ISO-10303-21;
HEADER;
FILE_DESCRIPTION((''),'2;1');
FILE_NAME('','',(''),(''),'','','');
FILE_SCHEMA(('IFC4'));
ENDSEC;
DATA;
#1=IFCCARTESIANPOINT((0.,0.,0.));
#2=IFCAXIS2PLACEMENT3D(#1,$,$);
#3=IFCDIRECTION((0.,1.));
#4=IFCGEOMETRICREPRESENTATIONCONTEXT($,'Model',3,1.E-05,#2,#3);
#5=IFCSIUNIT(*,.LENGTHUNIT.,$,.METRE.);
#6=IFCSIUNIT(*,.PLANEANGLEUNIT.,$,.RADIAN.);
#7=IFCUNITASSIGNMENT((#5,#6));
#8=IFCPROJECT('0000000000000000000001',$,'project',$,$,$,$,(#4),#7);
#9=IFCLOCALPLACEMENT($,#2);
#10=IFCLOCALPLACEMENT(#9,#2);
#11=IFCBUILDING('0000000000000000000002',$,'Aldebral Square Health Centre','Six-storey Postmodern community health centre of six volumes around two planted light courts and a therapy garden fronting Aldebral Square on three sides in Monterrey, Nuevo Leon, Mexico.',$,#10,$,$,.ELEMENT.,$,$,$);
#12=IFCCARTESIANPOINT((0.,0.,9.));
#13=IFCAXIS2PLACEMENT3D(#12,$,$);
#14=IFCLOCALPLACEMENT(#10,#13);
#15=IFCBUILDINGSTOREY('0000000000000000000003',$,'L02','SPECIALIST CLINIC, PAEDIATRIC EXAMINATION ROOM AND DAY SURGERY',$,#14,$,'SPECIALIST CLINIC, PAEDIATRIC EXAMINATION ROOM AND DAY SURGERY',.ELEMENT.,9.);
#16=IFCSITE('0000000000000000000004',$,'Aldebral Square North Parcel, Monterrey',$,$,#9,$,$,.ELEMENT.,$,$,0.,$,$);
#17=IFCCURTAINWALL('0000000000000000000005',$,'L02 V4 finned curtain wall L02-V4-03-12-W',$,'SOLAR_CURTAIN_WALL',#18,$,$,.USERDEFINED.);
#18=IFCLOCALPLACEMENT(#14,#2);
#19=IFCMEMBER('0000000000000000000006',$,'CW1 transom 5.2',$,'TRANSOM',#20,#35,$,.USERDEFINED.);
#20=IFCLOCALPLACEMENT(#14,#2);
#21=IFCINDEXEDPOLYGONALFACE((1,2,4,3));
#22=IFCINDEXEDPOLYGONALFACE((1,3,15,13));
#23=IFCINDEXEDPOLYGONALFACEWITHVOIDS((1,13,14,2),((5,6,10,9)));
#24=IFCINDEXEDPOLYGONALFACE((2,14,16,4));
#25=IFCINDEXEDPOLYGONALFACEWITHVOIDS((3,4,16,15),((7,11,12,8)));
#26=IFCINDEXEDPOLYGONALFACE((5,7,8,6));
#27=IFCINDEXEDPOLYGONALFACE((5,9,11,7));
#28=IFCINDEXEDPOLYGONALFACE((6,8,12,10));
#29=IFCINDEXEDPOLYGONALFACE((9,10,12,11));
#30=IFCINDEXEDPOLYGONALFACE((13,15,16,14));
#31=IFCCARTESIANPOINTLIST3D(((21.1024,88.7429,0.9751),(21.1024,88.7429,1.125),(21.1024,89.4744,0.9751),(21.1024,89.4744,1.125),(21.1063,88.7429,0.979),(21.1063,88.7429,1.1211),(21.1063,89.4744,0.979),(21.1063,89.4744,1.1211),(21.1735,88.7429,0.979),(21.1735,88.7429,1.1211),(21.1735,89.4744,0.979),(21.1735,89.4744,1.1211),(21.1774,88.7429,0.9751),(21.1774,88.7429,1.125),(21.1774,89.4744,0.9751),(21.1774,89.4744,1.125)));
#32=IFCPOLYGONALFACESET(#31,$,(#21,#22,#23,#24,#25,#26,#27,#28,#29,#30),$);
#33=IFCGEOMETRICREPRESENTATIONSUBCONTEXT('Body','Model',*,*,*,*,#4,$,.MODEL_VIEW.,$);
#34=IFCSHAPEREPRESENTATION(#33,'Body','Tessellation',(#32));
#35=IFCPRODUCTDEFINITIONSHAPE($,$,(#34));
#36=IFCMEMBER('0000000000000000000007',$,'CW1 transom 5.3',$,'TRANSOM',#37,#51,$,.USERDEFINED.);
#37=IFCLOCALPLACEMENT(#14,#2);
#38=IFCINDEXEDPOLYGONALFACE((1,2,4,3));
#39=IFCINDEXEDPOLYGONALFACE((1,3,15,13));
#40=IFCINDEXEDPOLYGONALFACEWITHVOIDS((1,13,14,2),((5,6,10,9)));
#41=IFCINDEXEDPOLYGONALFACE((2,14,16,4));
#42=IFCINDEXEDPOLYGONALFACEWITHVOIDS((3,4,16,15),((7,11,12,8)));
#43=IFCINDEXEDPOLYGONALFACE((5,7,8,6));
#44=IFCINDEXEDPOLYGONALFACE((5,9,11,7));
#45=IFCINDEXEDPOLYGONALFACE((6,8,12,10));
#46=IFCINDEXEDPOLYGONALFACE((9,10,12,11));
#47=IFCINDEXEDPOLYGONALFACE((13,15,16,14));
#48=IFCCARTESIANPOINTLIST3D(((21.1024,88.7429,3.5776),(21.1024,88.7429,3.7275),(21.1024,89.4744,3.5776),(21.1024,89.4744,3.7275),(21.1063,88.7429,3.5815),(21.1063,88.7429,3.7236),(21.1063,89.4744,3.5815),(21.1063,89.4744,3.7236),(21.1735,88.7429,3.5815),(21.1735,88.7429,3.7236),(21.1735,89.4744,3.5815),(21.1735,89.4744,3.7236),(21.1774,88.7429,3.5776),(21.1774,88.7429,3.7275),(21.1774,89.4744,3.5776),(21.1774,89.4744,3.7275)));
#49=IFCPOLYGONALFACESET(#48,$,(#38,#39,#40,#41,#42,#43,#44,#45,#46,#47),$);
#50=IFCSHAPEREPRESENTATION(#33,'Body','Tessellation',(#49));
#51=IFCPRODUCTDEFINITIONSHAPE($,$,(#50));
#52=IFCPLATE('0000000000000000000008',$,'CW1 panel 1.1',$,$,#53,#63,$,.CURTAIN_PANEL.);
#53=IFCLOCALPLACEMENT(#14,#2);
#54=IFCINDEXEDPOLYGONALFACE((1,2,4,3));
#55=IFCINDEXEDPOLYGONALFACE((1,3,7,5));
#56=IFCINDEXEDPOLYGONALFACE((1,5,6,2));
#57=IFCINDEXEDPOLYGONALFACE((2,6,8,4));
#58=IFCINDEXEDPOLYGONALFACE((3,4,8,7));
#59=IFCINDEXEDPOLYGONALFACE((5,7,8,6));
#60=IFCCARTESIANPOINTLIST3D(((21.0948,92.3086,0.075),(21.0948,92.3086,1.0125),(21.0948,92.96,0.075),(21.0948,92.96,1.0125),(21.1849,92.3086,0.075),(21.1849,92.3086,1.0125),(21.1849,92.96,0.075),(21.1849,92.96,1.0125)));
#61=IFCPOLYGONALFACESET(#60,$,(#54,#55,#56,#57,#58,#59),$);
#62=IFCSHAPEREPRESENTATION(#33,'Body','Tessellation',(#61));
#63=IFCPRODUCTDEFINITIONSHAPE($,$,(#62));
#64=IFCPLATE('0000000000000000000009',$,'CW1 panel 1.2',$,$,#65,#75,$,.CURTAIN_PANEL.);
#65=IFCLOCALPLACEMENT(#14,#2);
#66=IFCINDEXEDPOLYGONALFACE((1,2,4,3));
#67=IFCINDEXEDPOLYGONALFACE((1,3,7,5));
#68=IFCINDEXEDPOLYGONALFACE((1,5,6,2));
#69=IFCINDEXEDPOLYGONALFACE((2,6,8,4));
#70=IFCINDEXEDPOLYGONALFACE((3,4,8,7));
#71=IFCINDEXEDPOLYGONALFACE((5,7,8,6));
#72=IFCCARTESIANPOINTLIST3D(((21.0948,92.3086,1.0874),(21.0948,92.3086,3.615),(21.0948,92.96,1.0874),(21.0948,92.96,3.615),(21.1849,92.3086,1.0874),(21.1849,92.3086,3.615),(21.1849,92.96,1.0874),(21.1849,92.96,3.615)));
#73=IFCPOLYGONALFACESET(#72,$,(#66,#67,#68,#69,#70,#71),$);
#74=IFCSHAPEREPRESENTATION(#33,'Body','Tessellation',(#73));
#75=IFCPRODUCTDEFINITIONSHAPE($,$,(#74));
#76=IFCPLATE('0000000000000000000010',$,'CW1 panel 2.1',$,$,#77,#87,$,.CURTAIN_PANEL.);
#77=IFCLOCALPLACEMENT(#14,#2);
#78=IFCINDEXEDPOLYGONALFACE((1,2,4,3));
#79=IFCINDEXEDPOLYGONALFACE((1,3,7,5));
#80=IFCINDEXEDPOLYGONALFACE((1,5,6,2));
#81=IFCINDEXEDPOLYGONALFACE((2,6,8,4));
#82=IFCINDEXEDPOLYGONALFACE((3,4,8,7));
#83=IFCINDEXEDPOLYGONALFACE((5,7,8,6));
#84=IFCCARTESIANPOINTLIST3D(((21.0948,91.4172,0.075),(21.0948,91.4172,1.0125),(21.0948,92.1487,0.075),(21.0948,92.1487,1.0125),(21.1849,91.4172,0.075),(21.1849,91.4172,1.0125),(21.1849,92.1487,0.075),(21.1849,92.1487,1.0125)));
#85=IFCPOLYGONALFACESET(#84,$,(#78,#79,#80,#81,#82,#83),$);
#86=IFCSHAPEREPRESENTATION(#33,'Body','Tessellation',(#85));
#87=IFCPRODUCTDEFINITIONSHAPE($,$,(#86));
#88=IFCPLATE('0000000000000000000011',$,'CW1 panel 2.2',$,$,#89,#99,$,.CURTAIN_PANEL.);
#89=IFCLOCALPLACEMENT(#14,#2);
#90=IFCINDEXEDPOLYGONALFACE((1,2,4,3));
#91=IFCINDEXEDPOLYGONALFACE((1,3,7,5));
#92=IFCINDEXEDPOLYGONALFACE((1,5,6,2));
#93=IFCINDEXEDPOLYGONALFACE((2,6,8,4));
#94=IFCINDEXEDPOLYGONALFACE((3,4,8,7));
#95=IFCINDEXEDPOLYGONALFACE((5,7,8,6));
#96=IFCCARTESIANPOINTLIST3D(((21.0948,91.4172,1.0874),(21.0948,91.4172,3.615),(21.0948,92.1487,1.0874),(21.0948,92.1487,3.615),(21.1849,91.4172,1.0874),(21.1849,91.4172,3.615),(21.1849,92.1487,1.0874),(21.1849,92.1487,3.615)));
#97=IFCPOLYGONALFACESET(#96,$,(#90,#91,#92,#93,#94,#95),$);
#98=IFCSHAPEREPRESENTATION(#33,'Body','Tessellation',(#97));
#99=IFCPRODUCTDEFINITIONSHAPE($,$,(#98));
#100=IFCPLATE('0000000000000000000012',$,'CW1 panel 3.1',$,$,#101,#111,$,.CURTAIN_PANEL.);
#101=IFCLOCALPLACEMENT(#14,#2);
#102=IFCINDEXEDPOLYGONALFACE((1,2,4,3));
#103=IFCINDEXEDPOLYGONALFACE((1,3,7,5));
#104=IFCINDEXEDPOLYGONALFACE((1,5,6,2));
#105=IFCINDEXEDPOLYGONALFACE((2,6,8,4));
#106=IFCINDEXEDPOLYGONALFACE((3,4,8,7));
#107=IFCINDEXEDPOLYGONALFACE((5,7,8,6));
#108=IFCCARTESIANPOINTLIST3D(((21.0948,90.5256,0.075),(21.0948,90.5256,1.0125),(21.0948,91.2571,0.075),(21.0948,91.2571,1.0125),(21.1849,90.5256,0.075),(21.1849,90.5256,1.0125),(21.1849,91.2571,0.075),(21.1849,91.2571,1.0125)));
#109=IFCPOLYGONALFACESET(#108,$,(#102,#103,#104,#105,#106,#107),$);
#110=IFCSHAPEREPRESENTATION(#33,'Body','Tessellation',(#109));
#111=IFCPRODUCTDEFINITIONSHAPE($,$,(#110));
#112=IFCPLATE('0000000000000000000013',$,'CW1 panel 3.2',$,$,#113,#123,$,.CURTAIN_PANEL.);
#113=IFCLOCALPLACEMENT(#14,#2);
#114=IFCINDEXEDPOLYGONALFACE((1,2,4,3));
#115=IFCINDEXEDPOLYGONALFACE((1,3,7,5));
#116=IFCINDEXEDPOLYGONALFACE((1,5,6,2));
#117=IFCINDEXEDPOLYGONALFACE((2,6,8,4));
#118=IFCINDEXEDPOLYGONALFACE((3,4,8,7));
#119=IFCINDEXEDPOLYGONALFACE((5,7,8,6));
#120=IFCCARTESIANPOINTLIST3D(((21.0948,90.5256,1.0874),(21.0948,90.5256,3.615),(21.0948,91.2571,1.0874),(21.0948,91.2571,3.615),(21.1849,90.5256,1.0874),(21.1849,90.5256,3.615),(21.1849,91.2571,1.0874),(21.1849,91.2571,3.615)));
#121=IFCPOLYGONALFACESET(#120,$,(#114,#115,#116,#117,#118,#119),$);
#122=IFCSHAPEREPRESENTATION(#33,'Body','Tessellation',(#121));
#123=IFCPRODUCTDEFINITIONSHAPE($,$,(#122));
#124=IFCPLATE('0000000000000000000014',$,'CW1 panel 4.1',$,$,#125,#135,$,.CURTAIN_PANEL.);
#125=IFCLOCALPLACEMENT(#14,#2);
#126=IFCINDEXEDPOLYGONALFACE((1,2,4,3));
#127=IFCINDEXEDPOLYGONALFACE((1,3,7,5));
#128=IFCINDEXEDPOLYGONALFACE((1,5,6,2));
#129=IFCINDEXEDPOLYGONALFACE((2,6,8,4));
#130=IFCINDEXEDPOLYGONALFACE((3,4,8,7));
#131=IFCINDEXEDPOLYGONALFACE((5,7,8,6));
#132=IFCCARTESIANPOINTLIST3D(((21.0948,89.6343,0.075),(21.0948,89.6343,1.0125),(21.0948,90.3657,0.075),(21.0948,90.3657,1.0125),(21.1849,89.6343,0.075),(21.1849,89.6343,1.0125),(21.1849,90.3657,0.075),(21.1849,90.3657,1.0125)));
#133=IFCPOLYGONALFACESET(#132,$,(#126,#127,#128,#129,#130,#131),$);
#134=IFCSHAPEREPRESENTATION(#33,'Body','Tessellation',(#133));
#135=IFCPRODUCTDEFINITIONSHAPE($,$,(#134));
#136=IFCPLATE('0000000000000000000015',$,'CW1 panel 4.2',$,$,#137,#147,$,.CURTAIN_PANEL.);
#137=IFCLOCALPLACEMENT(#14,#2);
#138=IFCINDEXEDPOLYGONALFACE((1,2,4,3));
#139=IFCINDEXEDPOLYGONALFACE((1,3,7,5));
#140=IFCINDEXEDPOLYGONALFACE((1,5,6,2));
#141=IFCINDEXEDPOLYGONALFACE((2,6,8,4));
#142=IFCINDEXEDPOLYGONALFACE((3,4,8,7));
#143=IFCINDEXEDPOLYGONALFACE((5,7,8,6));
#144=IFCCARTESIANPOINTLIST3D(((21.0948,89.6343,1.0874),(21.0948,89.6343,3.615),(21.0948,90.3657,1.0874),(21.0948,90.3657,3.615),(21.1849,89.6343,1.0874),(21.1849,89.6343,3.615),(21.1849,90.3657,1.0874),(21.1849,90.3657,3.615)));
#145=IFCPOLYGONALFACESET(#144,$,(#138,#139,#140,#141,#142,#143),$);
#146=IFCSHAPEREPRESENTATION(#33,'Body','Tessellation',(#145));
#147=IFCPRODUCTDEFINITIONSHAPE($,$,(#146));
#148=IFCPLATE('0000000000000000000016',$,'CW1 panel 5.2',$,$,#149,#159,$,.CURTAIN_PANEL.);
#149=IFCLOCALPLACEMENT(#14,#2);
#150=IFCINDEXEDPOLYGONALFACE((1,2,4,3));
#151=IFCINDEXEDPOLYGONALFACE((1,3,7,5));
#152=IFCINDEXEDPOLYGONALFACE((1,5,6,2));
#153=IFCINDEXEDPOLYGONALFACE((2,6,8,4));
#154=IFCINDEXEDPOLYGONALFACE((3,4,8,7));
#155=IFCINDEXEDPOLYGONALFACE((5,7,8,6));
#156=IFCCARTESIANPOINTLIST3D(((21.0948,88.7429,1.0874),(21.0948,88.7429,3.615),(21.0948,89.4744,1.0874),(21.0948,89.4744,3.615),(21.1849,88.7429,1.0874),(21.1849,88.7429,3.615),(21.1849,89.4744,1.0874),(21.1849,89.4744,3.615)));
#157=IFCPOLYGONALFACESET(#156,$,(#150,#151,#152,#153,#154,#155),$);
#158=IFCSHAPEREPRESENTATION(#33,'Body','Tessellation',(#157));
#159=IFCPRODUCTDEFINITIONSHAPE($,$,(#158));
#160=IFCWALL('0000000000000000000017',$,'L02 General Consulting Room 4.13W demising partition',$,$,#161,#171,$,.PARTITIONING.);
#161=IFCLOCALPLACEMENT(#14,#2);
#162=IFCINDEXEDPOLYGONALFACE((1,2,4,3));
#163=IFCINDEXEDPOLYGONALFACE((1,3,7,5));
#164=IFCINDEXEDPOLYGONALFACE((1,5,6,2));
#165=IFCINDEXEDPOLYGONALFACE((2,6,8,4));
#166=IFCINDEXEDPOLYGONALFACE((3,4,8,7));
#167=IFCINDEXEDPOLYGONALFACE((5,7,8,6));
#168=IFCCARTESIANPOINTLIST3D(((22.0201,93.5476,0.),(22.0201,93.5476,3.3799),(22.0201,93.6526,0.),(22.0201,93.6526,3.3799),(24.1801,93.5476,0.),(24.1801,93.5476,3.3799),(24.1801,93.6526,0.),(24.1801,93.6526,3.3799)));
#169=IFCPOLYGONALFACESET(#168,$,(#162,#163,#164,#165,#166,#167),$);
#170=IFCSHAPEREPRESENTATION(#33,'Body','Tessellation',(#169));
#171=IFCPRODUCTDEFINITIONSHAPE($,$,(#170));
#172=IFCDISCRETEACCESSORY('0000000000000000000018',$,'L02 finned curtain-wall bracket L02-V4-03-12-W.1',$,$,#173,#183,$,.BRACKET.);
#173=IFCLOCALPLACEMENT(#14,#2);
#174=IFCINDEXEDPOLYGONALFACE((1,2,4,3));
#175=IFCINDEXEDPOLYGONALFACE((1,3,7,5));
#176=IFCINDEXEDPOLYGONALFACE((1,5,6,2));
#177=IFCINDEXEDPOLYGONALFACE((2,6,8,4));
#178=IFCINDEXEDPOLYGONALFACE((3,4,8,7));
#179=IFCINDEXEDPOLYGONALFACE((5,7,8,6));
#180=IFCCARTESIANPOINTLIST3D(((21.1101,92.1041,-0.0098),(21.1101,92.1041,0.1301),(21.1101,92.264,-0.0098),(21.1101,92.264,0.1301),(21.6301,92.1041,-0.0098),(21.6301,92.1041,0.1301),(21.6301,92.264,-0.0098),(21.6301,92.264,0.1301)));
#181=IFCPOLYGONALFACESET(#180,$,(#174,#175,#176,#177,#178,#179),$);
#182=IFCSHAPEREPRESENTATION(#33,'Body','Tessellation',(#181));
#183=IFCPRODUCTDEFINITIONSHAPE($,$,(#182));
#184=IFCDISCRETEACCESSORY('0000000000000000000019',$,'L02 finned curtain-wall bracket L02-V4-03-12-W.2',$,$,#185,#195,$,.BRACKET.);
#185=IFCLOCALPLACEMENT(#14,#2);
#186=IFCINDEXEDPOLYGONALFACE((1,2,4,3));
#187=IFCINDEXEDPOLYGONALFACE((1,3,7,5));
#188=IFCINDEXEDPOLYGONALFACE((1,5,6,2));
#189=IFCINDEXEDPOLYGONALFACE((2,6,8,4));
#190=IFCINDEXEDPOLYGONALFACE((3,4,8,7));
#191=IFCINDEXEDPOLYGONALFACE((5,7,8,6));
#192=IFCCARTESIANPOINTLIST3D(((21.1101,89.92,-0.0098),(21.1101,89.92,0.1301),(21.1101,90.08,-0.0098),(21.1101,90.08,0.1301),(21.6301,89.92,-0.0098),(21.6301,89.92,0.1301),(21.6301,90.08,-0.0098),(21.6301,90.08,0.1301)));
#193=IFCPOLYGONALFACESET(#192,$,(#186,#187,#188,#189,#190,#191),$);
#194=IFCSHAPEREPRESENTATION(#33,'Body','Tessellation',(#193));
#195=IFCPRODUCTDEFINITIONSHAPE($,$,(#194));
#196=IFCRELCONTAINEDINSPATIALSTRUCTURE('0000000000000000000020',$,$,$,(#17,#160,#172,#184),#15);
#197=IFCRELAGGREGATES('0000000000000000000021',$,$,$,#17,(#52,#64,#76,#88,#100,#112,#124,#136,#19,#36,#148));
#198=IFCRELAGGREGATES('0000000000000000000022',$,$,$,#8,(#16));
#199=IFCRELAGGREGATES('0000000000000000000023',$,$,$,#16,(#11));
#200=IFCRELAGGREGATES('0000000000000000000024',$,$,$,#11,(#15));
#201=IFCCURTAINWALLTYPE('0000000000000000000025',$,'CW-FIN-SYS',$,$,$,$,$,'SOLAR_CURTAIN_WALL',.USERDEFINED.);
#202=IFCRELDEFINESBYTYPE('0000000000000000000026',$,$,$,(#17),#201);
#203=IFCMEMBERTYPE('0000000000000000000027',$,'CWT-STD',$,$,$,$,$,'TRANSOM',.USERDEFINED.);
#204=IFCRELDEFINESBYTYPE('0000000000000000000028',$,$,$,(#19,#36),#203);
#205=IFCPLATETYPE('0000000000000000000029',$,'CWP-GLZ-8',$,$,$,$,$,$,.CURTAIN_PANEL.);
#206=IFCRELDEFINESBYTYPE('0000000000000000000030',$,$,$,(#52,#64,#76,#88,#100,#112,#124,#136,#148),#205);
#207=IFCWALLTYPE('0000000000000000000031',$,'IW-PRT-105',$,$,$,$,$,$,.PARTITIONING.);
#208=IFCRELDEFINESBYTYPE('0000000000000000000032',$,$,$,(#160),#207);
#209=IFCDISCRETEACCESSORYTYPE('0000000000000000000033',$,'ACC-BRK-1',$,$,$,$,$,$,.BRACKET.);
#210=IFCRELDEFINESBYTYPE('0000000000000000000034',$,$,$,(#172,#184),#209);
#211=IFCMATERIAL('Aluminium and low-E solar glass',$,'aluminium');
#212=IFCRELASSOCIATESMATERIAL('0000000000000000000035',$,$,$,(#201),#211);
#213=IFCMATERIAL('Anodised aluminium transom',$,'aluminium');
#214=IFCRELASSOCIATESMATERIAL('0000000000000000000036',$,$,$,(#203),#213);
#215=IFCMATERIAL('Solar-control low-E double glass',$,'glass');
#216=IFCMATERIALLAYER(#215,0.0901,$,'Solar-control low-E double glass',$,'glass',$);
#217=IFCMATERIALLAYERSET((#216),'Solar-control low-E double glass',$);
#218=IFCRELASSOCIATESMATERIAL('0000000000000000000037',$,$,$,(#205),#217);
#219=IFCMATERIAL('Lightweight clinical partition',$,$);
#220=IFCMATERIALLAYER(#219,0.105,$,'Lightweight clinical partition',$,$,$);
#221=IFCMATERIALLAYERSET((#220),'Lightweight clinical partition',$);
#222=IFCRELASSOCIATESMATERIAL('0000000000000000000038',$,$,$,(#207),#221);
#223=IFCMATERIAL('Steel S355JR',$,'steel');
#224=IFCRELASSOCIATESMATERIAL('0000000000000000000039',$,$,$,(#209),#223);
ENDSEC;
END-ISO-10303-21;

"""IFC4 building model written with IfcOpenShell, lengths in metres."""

from ifc_helpers import new_model, si_unit, direction, frame, frame_2d, origin, origin_2d, place, context, subcontext, project, spatial, rectangle, hollow_rectangle, extrude, material, layer, layer_set, material_profile, profile_set, type_object, element, aggregate, save


model = new_model("IFC4")

# Units and contexts
model_context = context("Model", 3, precision=1e-05, world=origin(), true_north=direction((0.0, 1.0)))
body_context = subcontext(model_context, "Body", "Model", "MODEL_VIEW")
ifc_project = project(units=[si_unit("LENGTHUNIT", "METRE"), si_unit("PLANEANGLEUNIT", "RADIAN")], contexts=[model_context])

# Site, building, storey
site_placement = place(None, origin())
site = spatial("IfcSite", under=ifc_project, at=site_placement, Name="Aldebral Square North Parcel, Monterrey", CompositionType="ELEMENT", RefElevation=0.0)
building_placement = place(site_placement, origin())
building = spatial("IfcBuilding", under=site, at=building_placement, Name="Aldebral Square Health Centre", Description="Six-storey Postmodern community health centre of six volumes around two planted light courts and a therapy garden fronting Aldebral Square on three sides in Monterrey, Nuevo Leon, Mexico.", CompositionType="ELEMENT")
storey_placement = place(building_placement, frame((0.0, 0.0, 9.0)))
storey = spatial("IfcBuildingStorey", under=building, at=storey_placement, Name="L02", Description="SPECIALIST CLINIC, PAEDIATRIC EXAMINATION ROOM AND DAY SURGERY", LongName="SPECIALIST CLINIC, PAEDIATRIC EXAMINATION ROOM AND DAY SURGERY", CompositionType="ELEMENT", Elevation=9.0)

# Curtain wall
ifc_material_1 = material(Name="Aluminium and low-E solar glass", Category="aluminium")
curtain_wall_type = type_object("IfcCurtainWallType", Name="CW-FIN-SYS", ElementType="SOLAR_CURTAIN_WALL", PredefinedType="USERDEFINED", material=ifc_material_1)
curtain_wall_1_placement = place(storey_placement, origin())
curtain_wall_1 = element("IfcCurtainWall", 1, at=curtain_wall_1_placement, inside=storey, type_object=curtain_wall_type, Name="L02 V4 finned curtain wall L02-V4-03-12-W", ObjectType="SOLAR_CURTAIN_WALL", PredefinedType="USERDEFINED")

# Members
ifc_material_2 = material(Name="Anodised aluminium transom", Category="aluminium")
ifc_material_profile_1 = material_profile(ifc_material_2, hollow_rectangle(XDim=0.075, YDim=0.1499, WallThickness=0.0039, at=origin_2d()), Name="CWT 75x150x4")
ifc_profile_set_1 = profile_set([ifc_material_profile_1], Name="Anodised aluminium transom")
member_type_1 = type_object("IfcMemberType", Name="CWT-STD", ElementType="TRANSOM", PredefinedType="USERDEFINED", material=ifc_profile_set_1)
member_1_placement = place(storey_placement, frame((21.1399, 89.4744, 1.05), z_axis=(0.0, -1.0, 0.0), x_axis=(1.0, 0.0, 0.0)))
member_1 = element("IfcMember", 2, at=member_1_placement, type_object=member_type_1, Name="CW1 transom 5.2", ObjectType="TRANSOM", PredefinedType="USERDEFINED", context=body_context, shape_type="SweptSolid", body=[
    extrude(hollow_rectangle(XDim=0.075, YDim=0.1499, WallThickness=0.0039, at=origin_2d()), origin(), (0.0, 0.0, 1.0), 0.7314),
])
member_2_placement = place(storey_placement, frame((21.1399, 89.4744, 3.6526), z_axis=(0.0, -1.0, 0.0), x_axis=(1.0, 0.0, 0.0)))
member_2 = element("IfcMember", 3, at=member_2_placement, type_object=member_type_1, Name="CW1 transom 5.3", ObjectType="TRANSOM", PredefinedType="USERDEFINED", context=body_context, shape_type="SweptSolid", body=[
    extrude(hollow_rectangle(XDim=0.075, YDim=0.1499, WallThickness=0.0039, at=origin_2d()), origin(), (0.0, 0.0, 1.0), 0.7314),
])

# Plates
ifc_material_3 = material(Name="Solar-control low-E double glass", Category="glass")
ifc_layer_1 = layer(ifc_material_3, 0.0901, Name="Solar-control low-E double glass", Category="glass")
ifc_layer_set_1 = layer_set([ifc_layer_1], Name="Solar-control low-E double glass")
plate_type = type_object("IfcPlateType", Name="CWP-GLZ-8", PredefinedType="CURTAIN_PANEL", material=ifc_layer_set_1)
plate_1_placement = place(storey_placement, frame((21.1399, 92.6343, 0.075), z_axis=(0.0, 0.0, 1.0), x_axis=(0.0, -1.0, 0.0)))
plate_1 = element("IfcPlate", 4, at=plate_1_placement, type_object=plate_type, Name="CW1 panel 1.1", PredefinedType="CURTAIN_PANEL", context=body_context, shape_type="SweptSolid", body=[
    extrude(rectangle(XDim=0.6514, YDim=0.0901, at=origin_2d()), origin(), (0.0, 0.0, 1.0), 0.9375),
])
plate_2_placement = place(storey_placement, frame((21.1399, 92.6343, 1.0874), z_axis=(0.0, 0.0, 1.0), x_axis=(0.0, -1.0, 0.0)))
plate_2 = element("IfcPlate", 5, at=plate_2_placement, type_object=plate_type, Name="CW1 panel 1.2", PredefinedType="CURTAIN_PANEL", context=body_context, shape_type="SweptSolid", body=[
    extrude(rectangle(XDim=0.6514, YDim=0.0901, at=origin_2d()), origin(), (0.0, 0.0, 1.0), 2.5276),
])
plate_3_placement = place(storey_placement, frame((21.1399, 91.783, 0.075), z_axis=(0.0, 0.0, 1.0), x_axis=(0.0, -1.0, 0.0)))
plate_3 = element("IfcPlate", 6, at=plate_3_placement, type_object=plate_type, Name="CW1 panel 2.1", PredefinedType="CURTAIN_PANEL", context=body_context, shape_type="SweptSolid", body=[
    extrude(rectangle(XDim=0.7314, YDim=0.0901, at=origin_2d()), origin(), (0.0, 0.0, 1.0), 0.9375),
])
plate_4_placement = place(storey_placement, frame((21.1399, 91.783, 1.0874), z_axis=(0.0, 0.0, 1.0), x_axis=(0.0, -1.0, 0.0)))
plate_4 = element("IfcPlate", 7, at=plate_4_placement, type_object=plate_type, Name="CW1 panel 2.2", PredefinedType="CURTAIN_PANEL", context=body_context, shape_type="SweptSolid", body=[
    extrude(rectangle(XDim=0.7314, YDim=0.0901, at=origin_2d()), origin(), (0.0, 0.0, 1.0), 2.5276),
])
plate_5_placement = place(storey_placement, frame((21.1399, 90.8914, 0.075), z_axis=(0.0, 0.0, 1.0), x_axis=(0.0, -1.0, 0.0)))
plate_5 = element("IfcPlate", 8, at=plate_5_placement, type_object=plate_type, Name="CW1 panel 3.1", PredefinedType="CURTAIN_PANEL", context=body_context, shape_type="SweptSolid", body=[
    extrude(rectangle(XDim=0.7314, YDim=0.0901, at=origin_2d()), origin(), (0.0, 0.0, 1.0), 0.9375),
])
plate_6_placement = place(storey_placement, frame((21.1399, 90.8914, 1.0874), z_axis=(0.0, 0.0, 1.0), x_axis=(0.0, -1.0, 0.0)))
plate_6 = element("IfcPlate", 9, at=plate_6_placement, type_object=plate_type, Name="CW1 panel 3.2", PredefinedType="CURTAIN_PANEL", context=body_context, shape_type="SweptSolid", body=[
    extrude(rectangle(XDim=0.7314, YDim=0.0901, at=origin_2d()), origin(), (0.0, 0.0, 1.0), 2.5276),
])
plate_7_placement = place(storey_placement, frame((21.1399, 90.0, 0.075), z_axis=(0.0, 0.0, 1.0), x_axis=(0.0, -1.0, 0.0)))
plate_7 = element("IfcPlate", 10, at=plate_7_placement, type_object=plate_type, Name="CW1 panel 4.1", PredefinedType="CURTAIN_PANEL", context=body_context, shape_type="SweptSolid", body=[
    extrude(rectangle(XDim=0.7314, YDim=0.0901, at=origin_2d()), origin(), (0.0, 0.0, 1.0), 0.9375),
])
plate_8_placement = place(storey_placement, frame((21.1399, 90.0, 1.0874), z_axis=(0.0, 0.0, 1.0), x_axis=(0.0, -1.0, 0.0)))
plate_8 = element("IfcPlate", 11, at=plate_8_placement, type_object=plate_type, Name="CW1 panel 4.2", PredefinedType="CURTAIN_PANEL", context=body_context, shape_type="SweptSolid", body=[
    extrude(rectangle(XDim=0.7314, YDim=0.0901, at=origin_2d()), origin(), (0.0, 0.0, 1.0), 2.5276),
])
plate_9_placement = place(storey_placement, frame((21.1399, 89.1086, 1.0874), z_axis=(0.0, 0.0, 1.0), x_axis=(0.0, -1.0, 0.0)))
plate_9 = element("IfcPlate", 12, at=plate_9_placement, type_object=plate_type, Name="CW1 panel 5.2", PredefinedType="CURTAIN_PANEL", context=body_context, shape_type="SweptSolid", body=[
    extrude(rectangle(XDim=0.7314, YDim=0.0901, at=origin_2d()), origin(), (0.0, 0.0, 1.0), 2.5276),
])
aggregate(curtain_wall_1, [plate_1, plate_2, plate_3, plate_4, plate_5, plate_6, plate_7, plate_8, member_1, member_2, plate_9])

# Wall
ifc_material_4 = material(Name="Lightweight clinical partition")
ifc_layer_2 = layer(ifc_material_4, 0.105, Name="Lightweight clinical partition")
ifc_layer_set_2 = layer_set([ifc_layer_2], Name="Lightweight clinical partition")
wall_type = type_object("IfcWallType", Name="IW-PRT-105", PredefinedType="PARTITIONING", material=ifc_layer_set_2)
wall_placement = place(storey_placement, frame((22.02, 93.6001, 0.0), z_axis=(0.0, 0.0, 1.0), x_axis=(1.0, 0.0, 0.0)))
element("IfcWall", 13, at=wall_placement, inside=storey, type_object=wall_type, Name="L02 General Consulting Room 4.13W demising partition", PredefinedType="PARTITIONING", context=body_context, shape_type="SweptSolid", body=[
    extrude(rectangle(XDim=2.1599, YDim=0.105, at=frame_2d((1.0801, 0.0))), origin(), (0.0, 0.0, 1.0), 3.3799),
])

# Discrete accessories
ifc_material_5 = material(Name="Steel S355JR", Category="steel")
discrete_accessory_type = type_object("IfcDiscreteAccessoryType", Name="ACC-BRK-1", PredefinedType="BRACKET", material=ifc_material_5)
for number, where, z_axis, x_axis, name in (
    (14, (21.3701, 92.1841, -0.0098), (0.0, 0.0, 1.0), (0.0, 1.0, 0.0), "L02 finned curtain-wall bracket L02-V4-03-12-W.1"),
    (15, (21.3701, 90.0, -0.0098), (0.0, 0.0, 1.0), (0.0, 1.0, 0.0), "L02 finned curtain-wall bracket L02-V4-03-12-W.2"),
):
    element("IfcDiscreteAccessory", number, at=place(storey_placement, frame(where, z_axis=z_axis, x_axis=x_axis)), inside=storey, type_object=discrete_accessory_type, Name=name, PredefinedType="BRACKET", context=body_context, shape_type="SweptSolid", body=[
        extrude(rectangle(XDim=0.1599, YDim=0.52, at=origin_2d()), origin(), (0.0, 0.0, 1.0), 0.1399),
    ])

save(model, "model.ifc")
